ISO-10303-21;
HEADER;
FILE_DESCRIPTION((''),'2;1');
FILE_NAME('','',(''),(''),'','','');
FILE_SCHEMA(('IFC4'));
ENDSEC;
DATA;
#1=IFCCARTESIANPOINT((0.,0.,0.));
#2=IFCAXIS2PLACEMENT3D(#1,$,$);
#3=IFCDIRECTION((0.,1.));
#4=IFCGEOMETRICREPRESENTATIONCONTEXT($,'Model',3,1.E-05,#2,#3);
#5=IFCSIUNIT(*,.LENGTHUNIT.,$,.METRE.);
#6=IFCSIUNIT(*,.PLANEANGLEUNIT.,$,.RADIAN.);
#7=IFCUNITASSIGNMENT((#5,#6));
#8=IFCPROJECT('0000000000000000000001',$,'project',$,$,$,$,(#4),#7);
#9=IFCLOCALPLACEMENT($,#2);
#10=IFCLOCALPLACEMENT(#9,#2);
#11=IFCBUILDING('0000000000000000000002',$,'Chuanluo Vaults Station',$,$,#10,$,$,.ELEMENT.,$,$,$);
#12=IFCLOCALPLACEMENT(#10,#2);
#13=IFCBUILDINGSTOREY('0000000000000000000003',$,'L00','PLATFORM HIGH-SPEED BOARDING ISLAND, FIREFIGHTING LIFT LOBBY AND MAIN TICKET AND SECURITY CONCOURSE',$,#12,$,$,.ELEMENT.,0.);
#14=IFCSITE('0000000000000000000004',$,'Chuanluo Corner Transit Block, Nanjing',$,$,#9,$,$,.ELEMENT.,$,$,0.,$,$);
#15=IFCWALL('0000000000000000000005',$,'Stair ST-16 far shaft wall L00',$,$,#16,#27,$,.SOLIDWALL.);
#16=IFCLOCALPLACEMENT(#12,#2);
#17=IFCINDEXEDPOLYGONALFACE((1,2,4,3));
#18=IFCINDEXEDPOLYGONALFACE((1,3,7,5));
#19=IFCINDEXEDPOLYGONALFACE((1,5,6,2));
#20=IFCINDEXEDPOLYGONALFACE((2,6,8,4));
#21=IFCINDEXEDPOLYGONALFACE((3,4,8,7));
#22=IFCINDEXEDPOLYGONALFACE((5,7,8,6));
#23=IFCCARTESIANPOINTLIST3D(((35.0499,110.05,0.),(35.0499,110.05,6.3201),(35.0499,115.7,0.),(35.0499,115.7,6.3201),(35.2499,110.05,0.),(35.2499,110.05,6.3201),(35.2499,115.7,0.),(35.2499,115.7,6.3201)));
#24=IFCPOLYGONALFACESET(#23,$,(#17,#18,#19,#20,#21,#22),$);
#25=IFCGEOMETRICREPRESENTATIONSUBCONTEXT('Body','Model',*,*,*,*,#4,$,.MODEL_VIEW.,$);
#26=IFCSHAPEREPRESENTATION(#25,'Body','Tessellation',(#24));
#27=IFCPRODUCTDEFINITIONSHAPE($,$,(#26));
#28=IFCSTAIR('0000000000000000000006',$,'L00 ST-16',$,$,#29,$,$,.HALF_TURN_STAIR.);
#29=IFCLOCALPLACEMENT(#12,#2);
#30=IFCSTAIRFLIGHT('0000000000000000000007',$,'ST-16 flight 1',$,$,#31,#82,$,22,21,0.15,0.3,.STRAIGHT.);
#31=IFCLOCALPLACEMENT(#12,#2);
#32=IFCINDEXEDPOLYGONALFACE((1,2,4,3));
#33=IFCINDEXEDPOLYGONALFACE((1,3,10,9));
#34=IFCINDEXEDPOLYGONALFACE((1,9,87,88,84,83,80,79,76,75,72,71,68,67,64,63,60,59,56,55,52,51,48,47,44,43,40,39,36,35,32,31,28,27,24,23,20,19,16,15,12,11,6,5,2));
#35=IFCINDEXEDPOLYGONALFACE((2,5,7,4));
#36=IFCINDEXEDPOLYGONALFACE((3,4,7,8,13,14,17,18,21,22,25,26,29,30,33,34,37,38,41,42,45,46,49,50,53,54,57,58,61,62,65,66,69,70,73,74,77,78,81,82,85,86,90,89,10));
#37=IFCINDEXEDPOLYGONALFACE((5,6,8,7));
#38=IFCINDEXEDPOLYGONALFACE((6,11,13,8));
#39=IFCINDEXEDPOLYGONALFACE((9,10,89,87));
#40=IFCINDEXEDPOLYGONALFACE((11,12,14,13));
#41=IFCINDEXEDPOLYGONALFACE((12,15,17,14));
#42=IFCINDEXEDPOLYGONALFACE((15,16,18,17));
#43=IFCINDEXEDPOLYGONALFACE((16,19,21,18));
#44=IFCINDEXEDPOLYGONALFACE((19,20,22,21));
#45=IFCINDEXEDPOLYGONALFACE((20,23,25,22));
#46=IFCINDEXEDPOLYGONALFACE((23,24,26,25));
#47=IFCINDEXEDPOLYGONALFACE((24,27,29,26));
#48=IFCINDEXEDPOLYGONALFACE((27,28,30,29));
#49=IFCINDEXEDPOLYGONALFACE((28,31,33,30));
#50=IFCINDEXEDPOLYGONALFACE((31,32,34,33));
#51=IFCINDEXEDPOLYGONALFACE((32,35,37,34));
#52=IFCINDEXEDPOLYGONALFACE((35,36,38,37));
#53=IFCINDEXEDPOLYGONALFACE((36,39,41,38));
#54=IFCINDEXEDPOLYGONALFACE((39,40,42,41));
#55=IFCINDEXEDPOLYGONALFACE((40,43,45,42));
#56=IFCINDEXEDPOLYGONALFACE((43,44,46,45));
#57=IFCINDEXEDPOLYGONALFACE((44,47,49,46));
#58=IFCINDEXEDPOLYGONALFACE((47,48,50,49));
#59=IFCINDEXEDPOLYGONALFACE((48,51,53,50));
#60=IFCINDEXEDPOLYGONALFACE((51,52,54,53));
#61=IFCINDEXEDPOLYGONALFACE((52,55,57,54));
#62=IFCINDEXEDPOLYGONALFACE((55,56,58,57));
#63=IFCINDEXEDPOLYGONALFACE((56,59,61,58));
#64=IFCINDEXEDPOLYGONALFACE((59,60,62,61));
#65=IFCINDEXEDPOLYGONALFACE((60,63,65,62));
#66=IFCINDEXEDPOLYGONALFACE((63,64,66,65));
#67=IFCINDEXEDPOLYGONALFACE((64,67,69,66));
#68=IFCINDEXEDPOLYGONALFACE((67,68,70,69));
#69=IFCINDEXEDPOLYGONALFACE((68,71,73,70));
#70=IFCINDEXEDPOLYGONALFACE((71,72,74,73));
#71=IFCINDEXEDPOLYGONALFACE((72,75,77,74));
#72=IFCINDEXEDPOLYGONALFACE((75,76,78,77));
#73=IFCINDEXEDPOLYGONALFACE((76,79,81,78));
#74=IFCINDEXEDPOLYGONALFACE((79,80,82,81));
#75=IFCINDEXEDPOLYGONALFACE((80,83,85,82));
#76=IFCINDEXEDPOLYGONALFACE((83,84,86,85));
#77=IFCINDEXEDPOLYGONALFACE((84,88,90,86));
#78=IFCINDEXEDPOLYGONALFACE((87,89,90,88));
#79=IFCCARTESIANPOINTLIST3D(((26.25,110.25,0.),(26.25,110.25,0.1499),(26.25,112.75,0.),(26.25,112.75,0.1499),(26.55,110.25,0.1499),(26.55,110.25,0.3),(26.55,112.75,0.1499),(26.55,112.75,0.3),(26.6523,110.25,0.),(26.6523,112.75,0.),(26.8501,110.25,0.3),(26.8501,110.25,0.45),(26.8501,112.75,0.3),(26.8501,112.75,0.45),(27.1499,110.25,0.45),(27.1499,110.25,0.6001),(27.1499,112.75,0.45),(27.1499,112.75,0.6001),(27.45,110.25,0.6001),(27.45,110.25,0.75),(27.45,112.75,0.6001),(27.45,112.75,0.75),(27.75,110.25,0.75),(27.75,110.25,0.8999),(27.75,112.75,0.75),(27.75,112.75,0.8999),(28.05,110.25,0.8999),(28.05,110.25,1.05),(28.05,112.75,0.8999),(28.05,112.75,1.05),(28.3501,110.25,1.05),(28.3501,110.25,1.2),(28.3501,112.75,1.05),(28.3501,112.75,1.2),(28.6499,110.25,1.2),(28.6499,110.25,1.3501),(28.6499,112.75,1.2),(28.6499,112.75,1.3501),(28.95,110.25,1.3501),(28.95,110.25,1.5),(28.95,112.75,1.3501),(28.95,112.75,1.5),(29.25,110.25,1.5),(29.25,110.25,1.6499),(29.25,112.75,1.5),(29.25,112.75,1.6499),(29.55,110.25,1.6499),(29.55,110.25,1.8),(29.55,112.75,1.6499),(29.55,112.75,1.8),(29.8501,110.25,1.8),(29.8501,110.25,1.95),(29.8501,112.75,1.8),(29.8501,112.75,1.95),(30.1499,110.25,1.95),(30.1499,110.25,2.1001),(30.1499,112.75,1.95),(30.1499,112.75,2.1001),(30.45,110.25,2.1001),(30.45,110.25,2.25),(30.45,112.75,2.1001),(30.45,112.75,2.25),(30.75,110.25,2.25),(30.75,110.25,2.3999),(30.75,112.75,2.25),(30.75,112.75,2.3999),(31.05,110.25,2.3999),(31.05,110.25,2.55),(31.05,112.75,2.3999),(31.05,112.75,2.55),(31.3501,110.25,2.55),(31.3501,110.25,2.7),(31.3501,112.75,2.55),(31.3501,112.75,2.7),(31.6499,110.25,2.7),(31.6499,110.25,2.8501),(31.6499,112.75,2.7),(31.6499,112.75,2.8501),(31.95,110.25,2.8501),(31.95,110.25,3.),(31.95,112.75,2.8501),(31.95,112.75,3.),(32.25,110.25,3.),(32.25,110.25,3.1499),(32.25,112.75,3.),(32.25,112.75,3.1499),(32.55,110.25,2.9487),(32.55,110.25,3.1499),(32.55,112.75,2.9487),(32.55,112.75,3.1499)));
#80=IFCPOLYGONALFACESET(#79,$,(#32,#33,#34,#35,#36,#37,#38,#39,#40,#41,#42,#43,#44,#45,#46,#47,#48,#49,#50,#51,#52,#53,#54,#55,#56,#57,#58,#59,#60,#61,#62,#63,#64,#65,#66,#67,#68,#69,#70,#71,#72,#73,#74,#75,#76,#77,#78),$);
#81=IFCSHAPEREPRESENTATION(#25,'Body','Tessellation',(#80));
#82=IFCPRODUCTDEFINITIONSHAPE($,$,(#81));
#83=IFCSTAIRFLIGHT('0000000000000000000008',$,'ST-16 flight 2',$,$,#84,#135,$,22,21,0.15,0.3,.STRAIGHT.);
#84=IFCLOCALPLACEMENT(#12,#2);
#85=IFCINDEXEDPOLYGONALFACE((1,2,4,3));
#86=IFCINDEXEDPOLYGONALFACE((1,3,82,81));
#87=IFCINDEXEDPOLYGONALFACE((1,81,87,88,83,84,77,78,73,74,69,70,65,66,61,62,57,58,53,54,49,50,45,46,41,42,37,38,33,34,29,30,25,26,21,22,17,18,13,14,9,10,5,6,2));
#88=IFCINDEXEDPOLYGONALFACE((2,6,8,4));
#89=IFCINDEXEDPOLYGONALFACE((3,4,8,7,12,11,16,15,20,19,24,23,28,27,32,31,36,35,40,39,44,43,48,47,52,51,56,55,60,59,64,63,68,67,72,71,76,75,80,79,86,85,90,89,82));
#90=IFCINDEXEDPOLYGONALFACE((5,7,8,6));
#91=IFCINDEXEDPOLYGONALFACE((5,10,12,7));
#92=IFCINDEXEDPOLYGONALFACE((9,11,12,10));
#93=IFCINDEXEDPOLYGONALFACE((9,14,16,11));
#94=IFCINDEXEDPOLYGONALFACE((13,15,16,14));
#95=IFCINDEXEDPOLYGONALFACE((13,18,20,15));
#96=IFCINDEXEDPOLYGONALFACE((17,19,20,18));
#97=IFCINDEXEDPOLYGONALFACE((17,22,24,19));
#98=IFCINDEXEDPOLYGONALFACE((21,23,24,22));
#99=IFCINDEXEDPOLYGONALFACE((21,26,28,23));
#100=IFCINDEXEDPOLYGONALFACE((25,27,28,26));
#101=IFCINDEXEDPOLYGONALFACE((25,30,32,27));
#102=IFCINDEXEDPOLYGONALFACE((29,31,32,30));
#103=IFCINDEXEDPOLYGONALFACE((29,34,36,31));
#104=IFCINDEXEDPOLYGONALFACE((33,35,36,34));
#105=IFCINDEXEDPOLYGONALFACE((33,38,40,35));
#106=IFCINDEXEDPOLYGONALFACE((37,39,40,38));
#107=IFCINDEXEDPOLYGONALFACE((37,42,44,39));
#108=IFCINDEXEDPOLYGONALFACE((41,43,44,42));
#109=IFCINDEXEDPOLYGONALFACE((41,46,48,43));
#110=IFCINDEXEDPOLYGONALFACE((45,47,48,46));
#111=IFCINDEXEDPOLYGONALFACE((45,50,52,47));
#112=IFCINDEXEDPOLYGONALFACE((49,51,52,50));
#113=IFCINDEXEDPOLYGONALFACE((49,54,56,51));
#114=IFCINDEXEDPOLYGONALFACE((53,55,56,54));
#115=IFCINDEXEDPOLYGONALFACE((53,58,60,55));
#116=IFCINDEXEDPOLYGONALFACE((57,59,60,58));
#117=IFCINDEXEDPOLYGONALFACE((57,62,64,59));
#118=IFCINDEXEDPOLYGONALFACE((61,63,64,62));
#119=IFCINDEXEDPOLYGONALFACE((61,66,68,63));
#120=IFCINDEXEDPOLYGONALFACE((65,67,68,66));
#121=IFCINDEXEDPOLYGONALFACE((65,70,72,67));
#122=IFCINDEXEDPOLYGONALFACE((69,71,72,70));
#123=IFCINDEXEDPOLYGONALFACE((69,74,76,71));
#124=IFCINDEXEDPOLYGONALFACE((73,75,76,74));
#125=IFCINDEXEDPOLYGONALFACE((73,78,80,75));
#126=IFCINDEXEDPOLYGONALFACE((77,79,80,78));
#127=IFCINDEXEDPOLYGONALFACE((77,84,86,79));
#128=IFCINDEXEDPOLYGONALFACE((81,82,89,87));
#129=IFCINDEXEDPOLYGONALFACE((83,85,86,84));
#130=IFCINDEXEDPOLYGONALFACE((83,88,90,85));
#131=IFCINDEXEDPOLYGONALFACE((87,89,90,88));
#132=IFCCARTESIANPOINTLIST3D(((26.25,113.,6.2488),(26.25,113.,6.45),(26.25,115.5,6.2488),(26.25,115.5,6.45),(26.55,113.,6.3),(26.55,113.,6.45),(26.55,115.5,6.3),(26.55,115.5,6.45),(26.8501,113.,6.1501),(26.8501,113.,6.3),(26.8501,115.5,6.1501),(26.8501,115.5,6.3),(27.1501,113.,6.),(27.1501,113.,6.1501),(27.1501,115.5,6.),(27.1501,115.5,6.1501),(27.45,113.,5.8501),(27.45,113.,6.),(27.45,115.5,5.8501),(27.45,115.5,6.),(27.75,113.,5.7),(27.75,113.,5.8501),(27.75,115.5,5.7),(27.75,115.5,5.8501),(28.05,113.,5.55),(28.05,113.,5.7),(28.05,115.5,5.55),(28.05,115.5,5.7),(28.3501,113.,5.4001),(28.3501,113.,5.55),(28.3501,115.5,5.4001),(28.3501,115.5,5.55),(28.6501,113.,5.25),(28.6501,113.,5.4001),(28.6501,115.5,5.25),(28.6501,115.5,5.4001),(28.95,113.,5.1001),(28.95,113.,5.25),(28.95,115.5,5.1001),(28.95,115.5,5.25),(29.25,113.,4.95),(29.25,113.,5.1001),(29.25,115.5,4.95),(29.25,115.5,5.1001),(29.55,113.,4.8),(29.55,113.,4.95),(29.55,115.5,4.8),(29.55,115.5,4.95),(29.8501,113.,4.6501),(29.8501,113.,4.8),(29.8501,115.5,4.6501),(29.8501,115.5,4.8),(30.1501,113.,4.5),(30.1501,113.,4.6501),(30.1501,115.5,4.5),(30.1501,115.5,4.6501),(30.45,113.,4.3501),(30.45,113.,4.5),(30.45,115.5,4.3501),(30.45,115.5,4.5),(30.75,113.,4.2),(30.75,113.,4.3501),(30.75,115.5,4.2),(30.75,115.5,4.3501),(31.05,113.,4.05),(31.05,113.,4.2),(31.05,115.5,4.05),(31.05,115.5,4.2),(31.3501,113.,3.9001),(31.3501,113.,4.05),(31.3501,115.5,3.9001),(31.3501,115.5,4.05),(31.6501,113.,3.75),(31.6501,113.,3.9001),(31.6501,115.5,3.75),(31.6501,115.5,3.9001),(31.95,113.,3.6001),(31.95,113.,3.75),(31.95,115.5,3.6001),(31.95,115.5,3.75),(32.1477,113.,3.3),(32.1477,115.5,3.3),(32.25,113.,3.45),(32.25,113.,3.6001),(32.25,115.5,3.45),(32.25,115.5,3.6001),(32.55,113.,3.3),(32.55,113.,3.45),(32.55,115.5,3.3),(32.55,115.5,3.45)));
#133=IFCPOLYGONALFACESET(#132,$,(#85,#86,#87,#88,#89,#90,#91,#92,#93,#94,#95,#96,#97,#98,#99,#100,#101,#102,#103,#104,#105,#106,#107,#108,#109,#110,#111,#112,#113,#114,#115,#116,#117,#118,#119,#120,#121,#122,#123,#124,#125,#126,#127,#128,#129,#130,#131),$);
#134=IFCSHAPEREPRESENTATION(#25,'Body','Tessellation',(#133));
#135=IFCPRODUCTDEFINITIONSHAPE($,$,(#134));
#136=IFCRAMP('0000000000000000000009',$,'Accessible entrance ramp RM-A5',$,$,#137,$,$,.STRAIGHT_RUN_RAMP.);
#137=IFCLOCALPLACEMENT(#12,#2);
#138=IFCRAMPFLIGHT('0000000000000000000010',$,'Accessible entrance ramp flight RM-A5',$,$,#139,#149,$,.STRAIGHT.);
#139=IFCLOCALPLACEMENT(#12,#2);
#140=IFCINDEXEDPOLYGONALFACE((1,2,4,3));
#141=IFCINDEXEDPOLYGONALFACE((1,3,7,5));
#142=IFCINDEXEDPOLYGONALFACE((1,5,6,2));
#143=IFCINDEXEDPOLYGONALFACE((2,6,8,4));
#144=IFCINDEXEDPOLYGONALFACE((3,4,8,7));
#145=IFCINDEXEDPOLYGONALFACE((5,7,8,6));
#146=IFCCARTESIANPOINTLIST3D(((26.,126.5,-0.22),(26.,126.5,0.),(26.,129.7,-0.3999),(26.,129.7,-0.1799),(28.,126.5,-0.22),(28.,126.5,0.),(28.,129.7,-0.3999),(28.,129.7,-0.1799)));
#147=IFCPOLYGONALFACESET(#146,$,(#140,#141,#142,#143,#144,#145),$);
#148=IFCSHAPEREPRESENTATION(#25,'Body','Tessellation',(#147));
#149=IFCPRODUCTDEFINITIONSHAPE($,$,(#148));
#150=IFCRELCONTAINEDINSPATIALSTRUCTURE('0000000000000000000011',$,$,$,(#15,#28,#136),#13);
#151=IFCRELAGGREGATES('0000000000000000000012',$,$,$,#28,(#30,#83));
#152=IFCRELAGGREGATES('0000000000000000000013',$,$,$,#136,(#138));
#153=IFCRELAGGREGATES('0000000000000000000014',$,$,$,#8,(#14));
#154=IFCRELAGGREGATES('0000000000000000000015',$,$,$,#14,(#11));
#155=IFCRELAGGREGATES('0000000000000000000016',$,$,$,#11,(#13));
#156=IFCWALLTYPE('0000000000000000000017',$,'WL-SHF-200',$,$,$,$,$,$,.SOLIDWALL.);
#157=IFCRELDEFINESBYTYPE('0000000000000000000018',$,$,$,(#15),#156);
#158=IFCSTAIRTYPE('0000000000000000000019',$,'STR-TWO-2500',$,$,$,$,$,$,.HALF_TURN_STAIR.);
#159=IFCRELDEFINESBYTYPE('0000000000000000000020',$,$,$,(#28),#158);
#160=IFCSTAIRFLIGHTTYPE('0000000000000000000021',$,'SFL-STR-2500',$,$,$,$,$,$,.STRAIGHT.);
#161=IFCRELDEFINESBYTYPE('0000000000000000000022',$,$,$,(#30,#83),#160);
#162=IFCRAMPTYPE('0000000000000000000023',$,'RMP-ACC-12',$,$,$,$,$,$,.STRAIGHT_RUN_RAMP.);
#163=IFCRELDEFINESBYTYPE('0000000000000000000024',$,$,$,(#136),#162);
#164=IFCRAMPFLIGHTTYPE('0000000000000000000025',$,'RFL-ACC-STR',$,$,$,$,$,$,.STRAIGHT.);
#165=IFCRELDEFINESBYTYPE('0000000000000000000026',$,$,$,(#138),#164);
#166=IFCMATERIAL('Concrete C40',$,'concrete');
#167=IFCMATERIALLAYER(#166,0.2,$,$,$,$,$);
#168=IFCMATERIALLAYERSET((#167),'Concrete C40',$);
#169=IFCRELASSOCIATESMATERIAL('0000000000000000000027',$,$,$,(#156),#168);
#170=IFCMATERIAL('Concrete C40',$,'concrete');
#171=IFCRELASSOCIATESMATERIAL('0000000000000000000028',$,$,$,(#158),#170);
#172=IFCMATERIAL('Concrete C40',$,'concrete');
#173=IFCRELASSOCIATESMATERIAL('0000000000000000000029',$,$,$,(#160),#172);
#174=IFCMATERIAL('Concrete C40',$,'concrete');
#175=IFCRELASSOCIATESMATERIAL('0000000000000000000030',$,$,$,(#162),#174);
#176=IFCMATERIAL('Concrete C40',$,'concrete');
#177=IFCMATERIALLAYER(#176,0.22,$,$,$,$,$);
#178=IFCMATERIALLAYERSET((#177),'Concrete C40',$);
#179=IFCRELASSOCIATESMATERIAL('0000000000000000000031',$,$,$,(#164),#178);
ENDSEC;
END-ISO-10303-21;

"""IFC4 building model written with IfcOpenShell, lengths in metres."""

from ifc_helpers import new_model, si_unit, direction, frame, frame_2d, origin, place, context, subcontext, project, spatial, polyline, rectangle, outline, extrude, material, layer, layer_set, type_object, element, aggregate, save


model = new_model("IFC4")

# Units and contexts
model_context = context("Model", 3, precision=1e-05, world=origin(), true_north=direction((0.0, 1.0)))
body_context = subcontext(model_context, "Body", "Model", "MODEL_VIEW")
ifc_project = project(units=[si_unit("LENGTHUNIT", "METRE"), si_unit("PLANEANGLEUNIT", "RADIAN")], contexts=[model_context])

# Site, building, storey
site_placement = place(None, origin())
site = spatial("IfcSite", under=ifc_project, at=site_placement, Name="Chuanluo Corner Transit Block, Nanjing", CompositionType="ELEMENT", RefElevation=0.0)
building_placement = place(site_placement, origin())
building = spatial("IfcBuilding", under=site, at=building_placement, Name="Chuanluo Vaults Station", CompositionType="ELEMENT")
storey_placement = place(building_placement, origin())
storey = spatial("IfcBuildingStorey", under=building, at=storey_placement, Name="L00", Description="PLATFORM HIGH-SPEED BOARDING ISLAND, FIREFIGHTING LIFT LOBBY AND MAIN TICKET AND SECURITY CONCOURSE", CompositionType="ELEMENT", Elevation=0.0)

# Wall
ifc_material_1 = material(Name="Concrete C40", Category="concrete")
ifc_layer_1 = layer(ifc_material_1, 0.2)
ifc_layer_set_1 = layer_set([ifc_layer_1], Name="Concrete C40")
wall_type_1 = type_object("IfcWallType", Name="WL-SHF-200", PredefinedType="SOLIDWALL", material=ifc_layer_set_1)
wall_1_placement = place(storey_placement, frame((35.1499, 110.05, 0.0), z_axis=(0.0, 0.0, 1.0), x_axis=(0.0, 1.0, 0.0)))
element("IfcWall", 1, at=wall_1_placement, inside=storey, type_object=wall_type_1, Name="Stair ST-16 far shaft wall L00", PredefinedType="SOLIDWALL", context=body_context, shape_type="SweptSolid", body=[
    extrude(rectangle(XDim=5.6499, YDim=0.2, at=frame_2d((2.825, 0.0))), origin(), (0.0, 0.0, 1.0), 6.3201),
])

# Stair, stair flights
ifc_material_2 = material(Name="Concrete C40", Category="concrete")
stair_type = type_object("IfcStairType", Name="STR-TWO-2500", PredefinedType="HALF_TURN_STAIR", material=ifc_material_2)
stair_placement = place(storey_placement, origin())
stair = element("IfcStair", 2, at=stair_placement, inside=storey, type_object=stair_type, Name="L00 ST-16", PredefinedType="HALF_TURN_STAIR")
ifc_material_3 = material(Name="Concrete C40", Category="concrete")
stair_flight_type = type_object("IfcStairFlightType", Name="SFL-STR-2500", PredefinedType="STRAIGHT", material=ifc_material_3)
stair_flight_1_placement = place(storey_placement, frame((26.25, 111.5, 0.0), z_axis=(0.0, 0.0, 1.0), x_axis=(1.0, 0.0, 0.0)))
stair_flight_1 = element("IfcStairFlight", 3, at=stair_flight_1_placement, type_object=stair_flight_type, Name="ST-16 flight 1", NumberOfRisers=22, NumberOfTreads=21, PredefinedType="STRAIGHT", RiserHeight=0.15, TreadLength=0.3, context=body_context, shape_type="SweptSolid", body=[
    extrude(outline(polyline([(0.0, 0.0), (0.0, 0.1499), (0.3, 0.1499), (0.3, 0.3), (0.6001, 0.3), (0.6001, 0.45), (0.8999, 0.45), (0.8999, 0.6001), (1.2, 0.6001), (1.2, 0.75), (1.5, 0.75), (1.5, 0.8999), (1.8, 0.8999), (1.8, 1.05), (2.1001, 1.05), (2.1001, 1.2), (2.3999, 1.2), (2.3999, 1.3501), (2.7, 1.3501), (2.7, 1.5), (3.0, 1.5), (3.0, 1.6499), (3.3, 1.6499), (3.3, 1.8), (3.6001, 1.8), (3.6001, 1.95), (3.8999, 1.95), (3.8999, 2.1001), (4.2, 2.1001), (4.2, 2.25), (4.5, 2.25), (4.5, 2.3999), (4.8, 2.3999), (4.8, 2.55), (5.1001, 2.55), (5.1001, 2.7), (5.3999, 2.7), (5.3999, 2.8501), (5.7, 2.8501), (5.7, 3.0), (6.0, 3.0), (6.0, 3.1499), (6.3, 3.1499), (6.3, 3.3), (6.3, 2.9487), (0.4023, 0.0), (0.0, 0.0)])), frame((0.0, 1.25, 0.0), z_axis=(0.0, -1.0, 0.0), x_axis=(1.0, 0.0, 0.0)), (0.0, 0.0, 1.0), 2.5),
])
stair_flight_2_placement = place(storey_placement, frame((32.55, 114.25, 3.3), z_axis=(0.0, 0.0, 1.0), x_axis=(-1.0, 0.0, 0.0)))
stair_flight_2 = element("IfcStairFlight", 4, at=stair_flight_2_placement, type_object=stair_flight_type, Name="ST-16 flight 2", NumberOfRisers=22, NumberOfTreads=21, PredefinedType="STRAIGHT", RiserHeight=0.15, TreadLength=0.3, context=body_context, shape_type="SweptSolid", body=[
    extrude(outline(polyline([(0.0, 0.0), (0.0, 0.1499), (0.3, 0.1499), (0.3, 0.3), (0.6001, 0.3), (0.6001, 0.45), (0.8999, 0.45), (0.8999, 0.6001), (1.2, 0.6001), (1.2, 0.75), (1.5, 0.75), (1.5, 0.8999), (1.8, 0.8999), (1.8, 1.05), (2.1001, 1.05), (2.1001, 1.2), (2.3999, 1.2), (2.3999, 1.3501), (2.7, 1.3501), (2.7, 1.5), (3.0, 1.5), (3.0, 1.6499), (3.3, 1.6499), (3.3, 1.8), (3.6001, 1.8), (3.6001, 1.95), (3.8999, 1.95), (3.8999, 2.1001), (4.2, 2.1001), (4.2, 2.25), (4.5, 2.25), (4.5, 2.3999), (4.8, 2.3999), (4.8, 2.55), (5.1001, 2.55), (5.1001, 2.7), (5.3999, 2.7), (5.3999, 2.8501), (5.7, 2.8501), (5.7, 3.0), (6.0, 3.0), (6.0, 3.1499), (6.3, 3.1499), (6.3, 3.3), (6.3, 2.9487), (0.4023, 0.0), (0.0, 0.0)])), frame((0.0, 1.25, 0.0), z_axis=(0.0, -1.0, 0.0), x_axis=(1.0, 0.0, 0.0)), (0.0, 0.0, 1.0), 2.5),
])
aggregate(stair, [stair_flight_1, stair_flight_2])

# Ramp, ramp flight
ifc_material_4 = material(Name="Concrete C40", Category="concrete")
ramp_type = type_object("IfcRampType", Name="RMP-ACC-12", PredefinedType="STRAIGHT_RUN_RAMP", material=ifc_material_4)
ramp_placement = place(storey_placement, origin())
ramp = element("IfcRamp", 5, at=ramp_placement, inside=storey, type_object=ramp_type, Name="Accessible entrance ramp RM-A5", PredefinedType="STRAIGHT_RUN_RAMP")
ifc_material_5 = material(Name="Concrete C40", Category="concrete")
ifc_layer_2 = layer(ifc_material_5, 0.22)
ifc_layer_set_2 = layer_set([ifc_layer_2], Name="Concrete C40")
ramp_flight_type = type_object("IfcRampFlightType", Name="RFL-ACC-STR", PredefinedType="STRAIGHT", material=ifc_layer_set_2)
ramp_flight_placement = place(storey_placement, frame((27.0, 129.7, -0.1799), z_axis=(0.0, 0.0, 1.0), x_axis=(0.0, -1.0, 0.0)))
ramp_flight = element("IfcRampFlight", 6, at=ramp_flight_placement, type_object=ramp_flight_type, Name="Accessible entrance ramp flight RM-A5", PredefinedType="STRAIGHT", context=body_context, shape_type="SweptSolid", body=[
    extrude(outline(polyline([(0.0, 0.0), (3.2, 0.1799), (3.2, -0.04), (0.0, -0.22), (0.0, 0.0)])), frame((0.0, 1.0, 0.0), z_axis=(0.0, -1.0, 0.0), x_axis=(1.0, 0.0, 0.0)), (0.0, 0.0, 1.0), 2.0),
])
aggregate(ramp, [ramp_flight])

save(model, "model.ifc")
